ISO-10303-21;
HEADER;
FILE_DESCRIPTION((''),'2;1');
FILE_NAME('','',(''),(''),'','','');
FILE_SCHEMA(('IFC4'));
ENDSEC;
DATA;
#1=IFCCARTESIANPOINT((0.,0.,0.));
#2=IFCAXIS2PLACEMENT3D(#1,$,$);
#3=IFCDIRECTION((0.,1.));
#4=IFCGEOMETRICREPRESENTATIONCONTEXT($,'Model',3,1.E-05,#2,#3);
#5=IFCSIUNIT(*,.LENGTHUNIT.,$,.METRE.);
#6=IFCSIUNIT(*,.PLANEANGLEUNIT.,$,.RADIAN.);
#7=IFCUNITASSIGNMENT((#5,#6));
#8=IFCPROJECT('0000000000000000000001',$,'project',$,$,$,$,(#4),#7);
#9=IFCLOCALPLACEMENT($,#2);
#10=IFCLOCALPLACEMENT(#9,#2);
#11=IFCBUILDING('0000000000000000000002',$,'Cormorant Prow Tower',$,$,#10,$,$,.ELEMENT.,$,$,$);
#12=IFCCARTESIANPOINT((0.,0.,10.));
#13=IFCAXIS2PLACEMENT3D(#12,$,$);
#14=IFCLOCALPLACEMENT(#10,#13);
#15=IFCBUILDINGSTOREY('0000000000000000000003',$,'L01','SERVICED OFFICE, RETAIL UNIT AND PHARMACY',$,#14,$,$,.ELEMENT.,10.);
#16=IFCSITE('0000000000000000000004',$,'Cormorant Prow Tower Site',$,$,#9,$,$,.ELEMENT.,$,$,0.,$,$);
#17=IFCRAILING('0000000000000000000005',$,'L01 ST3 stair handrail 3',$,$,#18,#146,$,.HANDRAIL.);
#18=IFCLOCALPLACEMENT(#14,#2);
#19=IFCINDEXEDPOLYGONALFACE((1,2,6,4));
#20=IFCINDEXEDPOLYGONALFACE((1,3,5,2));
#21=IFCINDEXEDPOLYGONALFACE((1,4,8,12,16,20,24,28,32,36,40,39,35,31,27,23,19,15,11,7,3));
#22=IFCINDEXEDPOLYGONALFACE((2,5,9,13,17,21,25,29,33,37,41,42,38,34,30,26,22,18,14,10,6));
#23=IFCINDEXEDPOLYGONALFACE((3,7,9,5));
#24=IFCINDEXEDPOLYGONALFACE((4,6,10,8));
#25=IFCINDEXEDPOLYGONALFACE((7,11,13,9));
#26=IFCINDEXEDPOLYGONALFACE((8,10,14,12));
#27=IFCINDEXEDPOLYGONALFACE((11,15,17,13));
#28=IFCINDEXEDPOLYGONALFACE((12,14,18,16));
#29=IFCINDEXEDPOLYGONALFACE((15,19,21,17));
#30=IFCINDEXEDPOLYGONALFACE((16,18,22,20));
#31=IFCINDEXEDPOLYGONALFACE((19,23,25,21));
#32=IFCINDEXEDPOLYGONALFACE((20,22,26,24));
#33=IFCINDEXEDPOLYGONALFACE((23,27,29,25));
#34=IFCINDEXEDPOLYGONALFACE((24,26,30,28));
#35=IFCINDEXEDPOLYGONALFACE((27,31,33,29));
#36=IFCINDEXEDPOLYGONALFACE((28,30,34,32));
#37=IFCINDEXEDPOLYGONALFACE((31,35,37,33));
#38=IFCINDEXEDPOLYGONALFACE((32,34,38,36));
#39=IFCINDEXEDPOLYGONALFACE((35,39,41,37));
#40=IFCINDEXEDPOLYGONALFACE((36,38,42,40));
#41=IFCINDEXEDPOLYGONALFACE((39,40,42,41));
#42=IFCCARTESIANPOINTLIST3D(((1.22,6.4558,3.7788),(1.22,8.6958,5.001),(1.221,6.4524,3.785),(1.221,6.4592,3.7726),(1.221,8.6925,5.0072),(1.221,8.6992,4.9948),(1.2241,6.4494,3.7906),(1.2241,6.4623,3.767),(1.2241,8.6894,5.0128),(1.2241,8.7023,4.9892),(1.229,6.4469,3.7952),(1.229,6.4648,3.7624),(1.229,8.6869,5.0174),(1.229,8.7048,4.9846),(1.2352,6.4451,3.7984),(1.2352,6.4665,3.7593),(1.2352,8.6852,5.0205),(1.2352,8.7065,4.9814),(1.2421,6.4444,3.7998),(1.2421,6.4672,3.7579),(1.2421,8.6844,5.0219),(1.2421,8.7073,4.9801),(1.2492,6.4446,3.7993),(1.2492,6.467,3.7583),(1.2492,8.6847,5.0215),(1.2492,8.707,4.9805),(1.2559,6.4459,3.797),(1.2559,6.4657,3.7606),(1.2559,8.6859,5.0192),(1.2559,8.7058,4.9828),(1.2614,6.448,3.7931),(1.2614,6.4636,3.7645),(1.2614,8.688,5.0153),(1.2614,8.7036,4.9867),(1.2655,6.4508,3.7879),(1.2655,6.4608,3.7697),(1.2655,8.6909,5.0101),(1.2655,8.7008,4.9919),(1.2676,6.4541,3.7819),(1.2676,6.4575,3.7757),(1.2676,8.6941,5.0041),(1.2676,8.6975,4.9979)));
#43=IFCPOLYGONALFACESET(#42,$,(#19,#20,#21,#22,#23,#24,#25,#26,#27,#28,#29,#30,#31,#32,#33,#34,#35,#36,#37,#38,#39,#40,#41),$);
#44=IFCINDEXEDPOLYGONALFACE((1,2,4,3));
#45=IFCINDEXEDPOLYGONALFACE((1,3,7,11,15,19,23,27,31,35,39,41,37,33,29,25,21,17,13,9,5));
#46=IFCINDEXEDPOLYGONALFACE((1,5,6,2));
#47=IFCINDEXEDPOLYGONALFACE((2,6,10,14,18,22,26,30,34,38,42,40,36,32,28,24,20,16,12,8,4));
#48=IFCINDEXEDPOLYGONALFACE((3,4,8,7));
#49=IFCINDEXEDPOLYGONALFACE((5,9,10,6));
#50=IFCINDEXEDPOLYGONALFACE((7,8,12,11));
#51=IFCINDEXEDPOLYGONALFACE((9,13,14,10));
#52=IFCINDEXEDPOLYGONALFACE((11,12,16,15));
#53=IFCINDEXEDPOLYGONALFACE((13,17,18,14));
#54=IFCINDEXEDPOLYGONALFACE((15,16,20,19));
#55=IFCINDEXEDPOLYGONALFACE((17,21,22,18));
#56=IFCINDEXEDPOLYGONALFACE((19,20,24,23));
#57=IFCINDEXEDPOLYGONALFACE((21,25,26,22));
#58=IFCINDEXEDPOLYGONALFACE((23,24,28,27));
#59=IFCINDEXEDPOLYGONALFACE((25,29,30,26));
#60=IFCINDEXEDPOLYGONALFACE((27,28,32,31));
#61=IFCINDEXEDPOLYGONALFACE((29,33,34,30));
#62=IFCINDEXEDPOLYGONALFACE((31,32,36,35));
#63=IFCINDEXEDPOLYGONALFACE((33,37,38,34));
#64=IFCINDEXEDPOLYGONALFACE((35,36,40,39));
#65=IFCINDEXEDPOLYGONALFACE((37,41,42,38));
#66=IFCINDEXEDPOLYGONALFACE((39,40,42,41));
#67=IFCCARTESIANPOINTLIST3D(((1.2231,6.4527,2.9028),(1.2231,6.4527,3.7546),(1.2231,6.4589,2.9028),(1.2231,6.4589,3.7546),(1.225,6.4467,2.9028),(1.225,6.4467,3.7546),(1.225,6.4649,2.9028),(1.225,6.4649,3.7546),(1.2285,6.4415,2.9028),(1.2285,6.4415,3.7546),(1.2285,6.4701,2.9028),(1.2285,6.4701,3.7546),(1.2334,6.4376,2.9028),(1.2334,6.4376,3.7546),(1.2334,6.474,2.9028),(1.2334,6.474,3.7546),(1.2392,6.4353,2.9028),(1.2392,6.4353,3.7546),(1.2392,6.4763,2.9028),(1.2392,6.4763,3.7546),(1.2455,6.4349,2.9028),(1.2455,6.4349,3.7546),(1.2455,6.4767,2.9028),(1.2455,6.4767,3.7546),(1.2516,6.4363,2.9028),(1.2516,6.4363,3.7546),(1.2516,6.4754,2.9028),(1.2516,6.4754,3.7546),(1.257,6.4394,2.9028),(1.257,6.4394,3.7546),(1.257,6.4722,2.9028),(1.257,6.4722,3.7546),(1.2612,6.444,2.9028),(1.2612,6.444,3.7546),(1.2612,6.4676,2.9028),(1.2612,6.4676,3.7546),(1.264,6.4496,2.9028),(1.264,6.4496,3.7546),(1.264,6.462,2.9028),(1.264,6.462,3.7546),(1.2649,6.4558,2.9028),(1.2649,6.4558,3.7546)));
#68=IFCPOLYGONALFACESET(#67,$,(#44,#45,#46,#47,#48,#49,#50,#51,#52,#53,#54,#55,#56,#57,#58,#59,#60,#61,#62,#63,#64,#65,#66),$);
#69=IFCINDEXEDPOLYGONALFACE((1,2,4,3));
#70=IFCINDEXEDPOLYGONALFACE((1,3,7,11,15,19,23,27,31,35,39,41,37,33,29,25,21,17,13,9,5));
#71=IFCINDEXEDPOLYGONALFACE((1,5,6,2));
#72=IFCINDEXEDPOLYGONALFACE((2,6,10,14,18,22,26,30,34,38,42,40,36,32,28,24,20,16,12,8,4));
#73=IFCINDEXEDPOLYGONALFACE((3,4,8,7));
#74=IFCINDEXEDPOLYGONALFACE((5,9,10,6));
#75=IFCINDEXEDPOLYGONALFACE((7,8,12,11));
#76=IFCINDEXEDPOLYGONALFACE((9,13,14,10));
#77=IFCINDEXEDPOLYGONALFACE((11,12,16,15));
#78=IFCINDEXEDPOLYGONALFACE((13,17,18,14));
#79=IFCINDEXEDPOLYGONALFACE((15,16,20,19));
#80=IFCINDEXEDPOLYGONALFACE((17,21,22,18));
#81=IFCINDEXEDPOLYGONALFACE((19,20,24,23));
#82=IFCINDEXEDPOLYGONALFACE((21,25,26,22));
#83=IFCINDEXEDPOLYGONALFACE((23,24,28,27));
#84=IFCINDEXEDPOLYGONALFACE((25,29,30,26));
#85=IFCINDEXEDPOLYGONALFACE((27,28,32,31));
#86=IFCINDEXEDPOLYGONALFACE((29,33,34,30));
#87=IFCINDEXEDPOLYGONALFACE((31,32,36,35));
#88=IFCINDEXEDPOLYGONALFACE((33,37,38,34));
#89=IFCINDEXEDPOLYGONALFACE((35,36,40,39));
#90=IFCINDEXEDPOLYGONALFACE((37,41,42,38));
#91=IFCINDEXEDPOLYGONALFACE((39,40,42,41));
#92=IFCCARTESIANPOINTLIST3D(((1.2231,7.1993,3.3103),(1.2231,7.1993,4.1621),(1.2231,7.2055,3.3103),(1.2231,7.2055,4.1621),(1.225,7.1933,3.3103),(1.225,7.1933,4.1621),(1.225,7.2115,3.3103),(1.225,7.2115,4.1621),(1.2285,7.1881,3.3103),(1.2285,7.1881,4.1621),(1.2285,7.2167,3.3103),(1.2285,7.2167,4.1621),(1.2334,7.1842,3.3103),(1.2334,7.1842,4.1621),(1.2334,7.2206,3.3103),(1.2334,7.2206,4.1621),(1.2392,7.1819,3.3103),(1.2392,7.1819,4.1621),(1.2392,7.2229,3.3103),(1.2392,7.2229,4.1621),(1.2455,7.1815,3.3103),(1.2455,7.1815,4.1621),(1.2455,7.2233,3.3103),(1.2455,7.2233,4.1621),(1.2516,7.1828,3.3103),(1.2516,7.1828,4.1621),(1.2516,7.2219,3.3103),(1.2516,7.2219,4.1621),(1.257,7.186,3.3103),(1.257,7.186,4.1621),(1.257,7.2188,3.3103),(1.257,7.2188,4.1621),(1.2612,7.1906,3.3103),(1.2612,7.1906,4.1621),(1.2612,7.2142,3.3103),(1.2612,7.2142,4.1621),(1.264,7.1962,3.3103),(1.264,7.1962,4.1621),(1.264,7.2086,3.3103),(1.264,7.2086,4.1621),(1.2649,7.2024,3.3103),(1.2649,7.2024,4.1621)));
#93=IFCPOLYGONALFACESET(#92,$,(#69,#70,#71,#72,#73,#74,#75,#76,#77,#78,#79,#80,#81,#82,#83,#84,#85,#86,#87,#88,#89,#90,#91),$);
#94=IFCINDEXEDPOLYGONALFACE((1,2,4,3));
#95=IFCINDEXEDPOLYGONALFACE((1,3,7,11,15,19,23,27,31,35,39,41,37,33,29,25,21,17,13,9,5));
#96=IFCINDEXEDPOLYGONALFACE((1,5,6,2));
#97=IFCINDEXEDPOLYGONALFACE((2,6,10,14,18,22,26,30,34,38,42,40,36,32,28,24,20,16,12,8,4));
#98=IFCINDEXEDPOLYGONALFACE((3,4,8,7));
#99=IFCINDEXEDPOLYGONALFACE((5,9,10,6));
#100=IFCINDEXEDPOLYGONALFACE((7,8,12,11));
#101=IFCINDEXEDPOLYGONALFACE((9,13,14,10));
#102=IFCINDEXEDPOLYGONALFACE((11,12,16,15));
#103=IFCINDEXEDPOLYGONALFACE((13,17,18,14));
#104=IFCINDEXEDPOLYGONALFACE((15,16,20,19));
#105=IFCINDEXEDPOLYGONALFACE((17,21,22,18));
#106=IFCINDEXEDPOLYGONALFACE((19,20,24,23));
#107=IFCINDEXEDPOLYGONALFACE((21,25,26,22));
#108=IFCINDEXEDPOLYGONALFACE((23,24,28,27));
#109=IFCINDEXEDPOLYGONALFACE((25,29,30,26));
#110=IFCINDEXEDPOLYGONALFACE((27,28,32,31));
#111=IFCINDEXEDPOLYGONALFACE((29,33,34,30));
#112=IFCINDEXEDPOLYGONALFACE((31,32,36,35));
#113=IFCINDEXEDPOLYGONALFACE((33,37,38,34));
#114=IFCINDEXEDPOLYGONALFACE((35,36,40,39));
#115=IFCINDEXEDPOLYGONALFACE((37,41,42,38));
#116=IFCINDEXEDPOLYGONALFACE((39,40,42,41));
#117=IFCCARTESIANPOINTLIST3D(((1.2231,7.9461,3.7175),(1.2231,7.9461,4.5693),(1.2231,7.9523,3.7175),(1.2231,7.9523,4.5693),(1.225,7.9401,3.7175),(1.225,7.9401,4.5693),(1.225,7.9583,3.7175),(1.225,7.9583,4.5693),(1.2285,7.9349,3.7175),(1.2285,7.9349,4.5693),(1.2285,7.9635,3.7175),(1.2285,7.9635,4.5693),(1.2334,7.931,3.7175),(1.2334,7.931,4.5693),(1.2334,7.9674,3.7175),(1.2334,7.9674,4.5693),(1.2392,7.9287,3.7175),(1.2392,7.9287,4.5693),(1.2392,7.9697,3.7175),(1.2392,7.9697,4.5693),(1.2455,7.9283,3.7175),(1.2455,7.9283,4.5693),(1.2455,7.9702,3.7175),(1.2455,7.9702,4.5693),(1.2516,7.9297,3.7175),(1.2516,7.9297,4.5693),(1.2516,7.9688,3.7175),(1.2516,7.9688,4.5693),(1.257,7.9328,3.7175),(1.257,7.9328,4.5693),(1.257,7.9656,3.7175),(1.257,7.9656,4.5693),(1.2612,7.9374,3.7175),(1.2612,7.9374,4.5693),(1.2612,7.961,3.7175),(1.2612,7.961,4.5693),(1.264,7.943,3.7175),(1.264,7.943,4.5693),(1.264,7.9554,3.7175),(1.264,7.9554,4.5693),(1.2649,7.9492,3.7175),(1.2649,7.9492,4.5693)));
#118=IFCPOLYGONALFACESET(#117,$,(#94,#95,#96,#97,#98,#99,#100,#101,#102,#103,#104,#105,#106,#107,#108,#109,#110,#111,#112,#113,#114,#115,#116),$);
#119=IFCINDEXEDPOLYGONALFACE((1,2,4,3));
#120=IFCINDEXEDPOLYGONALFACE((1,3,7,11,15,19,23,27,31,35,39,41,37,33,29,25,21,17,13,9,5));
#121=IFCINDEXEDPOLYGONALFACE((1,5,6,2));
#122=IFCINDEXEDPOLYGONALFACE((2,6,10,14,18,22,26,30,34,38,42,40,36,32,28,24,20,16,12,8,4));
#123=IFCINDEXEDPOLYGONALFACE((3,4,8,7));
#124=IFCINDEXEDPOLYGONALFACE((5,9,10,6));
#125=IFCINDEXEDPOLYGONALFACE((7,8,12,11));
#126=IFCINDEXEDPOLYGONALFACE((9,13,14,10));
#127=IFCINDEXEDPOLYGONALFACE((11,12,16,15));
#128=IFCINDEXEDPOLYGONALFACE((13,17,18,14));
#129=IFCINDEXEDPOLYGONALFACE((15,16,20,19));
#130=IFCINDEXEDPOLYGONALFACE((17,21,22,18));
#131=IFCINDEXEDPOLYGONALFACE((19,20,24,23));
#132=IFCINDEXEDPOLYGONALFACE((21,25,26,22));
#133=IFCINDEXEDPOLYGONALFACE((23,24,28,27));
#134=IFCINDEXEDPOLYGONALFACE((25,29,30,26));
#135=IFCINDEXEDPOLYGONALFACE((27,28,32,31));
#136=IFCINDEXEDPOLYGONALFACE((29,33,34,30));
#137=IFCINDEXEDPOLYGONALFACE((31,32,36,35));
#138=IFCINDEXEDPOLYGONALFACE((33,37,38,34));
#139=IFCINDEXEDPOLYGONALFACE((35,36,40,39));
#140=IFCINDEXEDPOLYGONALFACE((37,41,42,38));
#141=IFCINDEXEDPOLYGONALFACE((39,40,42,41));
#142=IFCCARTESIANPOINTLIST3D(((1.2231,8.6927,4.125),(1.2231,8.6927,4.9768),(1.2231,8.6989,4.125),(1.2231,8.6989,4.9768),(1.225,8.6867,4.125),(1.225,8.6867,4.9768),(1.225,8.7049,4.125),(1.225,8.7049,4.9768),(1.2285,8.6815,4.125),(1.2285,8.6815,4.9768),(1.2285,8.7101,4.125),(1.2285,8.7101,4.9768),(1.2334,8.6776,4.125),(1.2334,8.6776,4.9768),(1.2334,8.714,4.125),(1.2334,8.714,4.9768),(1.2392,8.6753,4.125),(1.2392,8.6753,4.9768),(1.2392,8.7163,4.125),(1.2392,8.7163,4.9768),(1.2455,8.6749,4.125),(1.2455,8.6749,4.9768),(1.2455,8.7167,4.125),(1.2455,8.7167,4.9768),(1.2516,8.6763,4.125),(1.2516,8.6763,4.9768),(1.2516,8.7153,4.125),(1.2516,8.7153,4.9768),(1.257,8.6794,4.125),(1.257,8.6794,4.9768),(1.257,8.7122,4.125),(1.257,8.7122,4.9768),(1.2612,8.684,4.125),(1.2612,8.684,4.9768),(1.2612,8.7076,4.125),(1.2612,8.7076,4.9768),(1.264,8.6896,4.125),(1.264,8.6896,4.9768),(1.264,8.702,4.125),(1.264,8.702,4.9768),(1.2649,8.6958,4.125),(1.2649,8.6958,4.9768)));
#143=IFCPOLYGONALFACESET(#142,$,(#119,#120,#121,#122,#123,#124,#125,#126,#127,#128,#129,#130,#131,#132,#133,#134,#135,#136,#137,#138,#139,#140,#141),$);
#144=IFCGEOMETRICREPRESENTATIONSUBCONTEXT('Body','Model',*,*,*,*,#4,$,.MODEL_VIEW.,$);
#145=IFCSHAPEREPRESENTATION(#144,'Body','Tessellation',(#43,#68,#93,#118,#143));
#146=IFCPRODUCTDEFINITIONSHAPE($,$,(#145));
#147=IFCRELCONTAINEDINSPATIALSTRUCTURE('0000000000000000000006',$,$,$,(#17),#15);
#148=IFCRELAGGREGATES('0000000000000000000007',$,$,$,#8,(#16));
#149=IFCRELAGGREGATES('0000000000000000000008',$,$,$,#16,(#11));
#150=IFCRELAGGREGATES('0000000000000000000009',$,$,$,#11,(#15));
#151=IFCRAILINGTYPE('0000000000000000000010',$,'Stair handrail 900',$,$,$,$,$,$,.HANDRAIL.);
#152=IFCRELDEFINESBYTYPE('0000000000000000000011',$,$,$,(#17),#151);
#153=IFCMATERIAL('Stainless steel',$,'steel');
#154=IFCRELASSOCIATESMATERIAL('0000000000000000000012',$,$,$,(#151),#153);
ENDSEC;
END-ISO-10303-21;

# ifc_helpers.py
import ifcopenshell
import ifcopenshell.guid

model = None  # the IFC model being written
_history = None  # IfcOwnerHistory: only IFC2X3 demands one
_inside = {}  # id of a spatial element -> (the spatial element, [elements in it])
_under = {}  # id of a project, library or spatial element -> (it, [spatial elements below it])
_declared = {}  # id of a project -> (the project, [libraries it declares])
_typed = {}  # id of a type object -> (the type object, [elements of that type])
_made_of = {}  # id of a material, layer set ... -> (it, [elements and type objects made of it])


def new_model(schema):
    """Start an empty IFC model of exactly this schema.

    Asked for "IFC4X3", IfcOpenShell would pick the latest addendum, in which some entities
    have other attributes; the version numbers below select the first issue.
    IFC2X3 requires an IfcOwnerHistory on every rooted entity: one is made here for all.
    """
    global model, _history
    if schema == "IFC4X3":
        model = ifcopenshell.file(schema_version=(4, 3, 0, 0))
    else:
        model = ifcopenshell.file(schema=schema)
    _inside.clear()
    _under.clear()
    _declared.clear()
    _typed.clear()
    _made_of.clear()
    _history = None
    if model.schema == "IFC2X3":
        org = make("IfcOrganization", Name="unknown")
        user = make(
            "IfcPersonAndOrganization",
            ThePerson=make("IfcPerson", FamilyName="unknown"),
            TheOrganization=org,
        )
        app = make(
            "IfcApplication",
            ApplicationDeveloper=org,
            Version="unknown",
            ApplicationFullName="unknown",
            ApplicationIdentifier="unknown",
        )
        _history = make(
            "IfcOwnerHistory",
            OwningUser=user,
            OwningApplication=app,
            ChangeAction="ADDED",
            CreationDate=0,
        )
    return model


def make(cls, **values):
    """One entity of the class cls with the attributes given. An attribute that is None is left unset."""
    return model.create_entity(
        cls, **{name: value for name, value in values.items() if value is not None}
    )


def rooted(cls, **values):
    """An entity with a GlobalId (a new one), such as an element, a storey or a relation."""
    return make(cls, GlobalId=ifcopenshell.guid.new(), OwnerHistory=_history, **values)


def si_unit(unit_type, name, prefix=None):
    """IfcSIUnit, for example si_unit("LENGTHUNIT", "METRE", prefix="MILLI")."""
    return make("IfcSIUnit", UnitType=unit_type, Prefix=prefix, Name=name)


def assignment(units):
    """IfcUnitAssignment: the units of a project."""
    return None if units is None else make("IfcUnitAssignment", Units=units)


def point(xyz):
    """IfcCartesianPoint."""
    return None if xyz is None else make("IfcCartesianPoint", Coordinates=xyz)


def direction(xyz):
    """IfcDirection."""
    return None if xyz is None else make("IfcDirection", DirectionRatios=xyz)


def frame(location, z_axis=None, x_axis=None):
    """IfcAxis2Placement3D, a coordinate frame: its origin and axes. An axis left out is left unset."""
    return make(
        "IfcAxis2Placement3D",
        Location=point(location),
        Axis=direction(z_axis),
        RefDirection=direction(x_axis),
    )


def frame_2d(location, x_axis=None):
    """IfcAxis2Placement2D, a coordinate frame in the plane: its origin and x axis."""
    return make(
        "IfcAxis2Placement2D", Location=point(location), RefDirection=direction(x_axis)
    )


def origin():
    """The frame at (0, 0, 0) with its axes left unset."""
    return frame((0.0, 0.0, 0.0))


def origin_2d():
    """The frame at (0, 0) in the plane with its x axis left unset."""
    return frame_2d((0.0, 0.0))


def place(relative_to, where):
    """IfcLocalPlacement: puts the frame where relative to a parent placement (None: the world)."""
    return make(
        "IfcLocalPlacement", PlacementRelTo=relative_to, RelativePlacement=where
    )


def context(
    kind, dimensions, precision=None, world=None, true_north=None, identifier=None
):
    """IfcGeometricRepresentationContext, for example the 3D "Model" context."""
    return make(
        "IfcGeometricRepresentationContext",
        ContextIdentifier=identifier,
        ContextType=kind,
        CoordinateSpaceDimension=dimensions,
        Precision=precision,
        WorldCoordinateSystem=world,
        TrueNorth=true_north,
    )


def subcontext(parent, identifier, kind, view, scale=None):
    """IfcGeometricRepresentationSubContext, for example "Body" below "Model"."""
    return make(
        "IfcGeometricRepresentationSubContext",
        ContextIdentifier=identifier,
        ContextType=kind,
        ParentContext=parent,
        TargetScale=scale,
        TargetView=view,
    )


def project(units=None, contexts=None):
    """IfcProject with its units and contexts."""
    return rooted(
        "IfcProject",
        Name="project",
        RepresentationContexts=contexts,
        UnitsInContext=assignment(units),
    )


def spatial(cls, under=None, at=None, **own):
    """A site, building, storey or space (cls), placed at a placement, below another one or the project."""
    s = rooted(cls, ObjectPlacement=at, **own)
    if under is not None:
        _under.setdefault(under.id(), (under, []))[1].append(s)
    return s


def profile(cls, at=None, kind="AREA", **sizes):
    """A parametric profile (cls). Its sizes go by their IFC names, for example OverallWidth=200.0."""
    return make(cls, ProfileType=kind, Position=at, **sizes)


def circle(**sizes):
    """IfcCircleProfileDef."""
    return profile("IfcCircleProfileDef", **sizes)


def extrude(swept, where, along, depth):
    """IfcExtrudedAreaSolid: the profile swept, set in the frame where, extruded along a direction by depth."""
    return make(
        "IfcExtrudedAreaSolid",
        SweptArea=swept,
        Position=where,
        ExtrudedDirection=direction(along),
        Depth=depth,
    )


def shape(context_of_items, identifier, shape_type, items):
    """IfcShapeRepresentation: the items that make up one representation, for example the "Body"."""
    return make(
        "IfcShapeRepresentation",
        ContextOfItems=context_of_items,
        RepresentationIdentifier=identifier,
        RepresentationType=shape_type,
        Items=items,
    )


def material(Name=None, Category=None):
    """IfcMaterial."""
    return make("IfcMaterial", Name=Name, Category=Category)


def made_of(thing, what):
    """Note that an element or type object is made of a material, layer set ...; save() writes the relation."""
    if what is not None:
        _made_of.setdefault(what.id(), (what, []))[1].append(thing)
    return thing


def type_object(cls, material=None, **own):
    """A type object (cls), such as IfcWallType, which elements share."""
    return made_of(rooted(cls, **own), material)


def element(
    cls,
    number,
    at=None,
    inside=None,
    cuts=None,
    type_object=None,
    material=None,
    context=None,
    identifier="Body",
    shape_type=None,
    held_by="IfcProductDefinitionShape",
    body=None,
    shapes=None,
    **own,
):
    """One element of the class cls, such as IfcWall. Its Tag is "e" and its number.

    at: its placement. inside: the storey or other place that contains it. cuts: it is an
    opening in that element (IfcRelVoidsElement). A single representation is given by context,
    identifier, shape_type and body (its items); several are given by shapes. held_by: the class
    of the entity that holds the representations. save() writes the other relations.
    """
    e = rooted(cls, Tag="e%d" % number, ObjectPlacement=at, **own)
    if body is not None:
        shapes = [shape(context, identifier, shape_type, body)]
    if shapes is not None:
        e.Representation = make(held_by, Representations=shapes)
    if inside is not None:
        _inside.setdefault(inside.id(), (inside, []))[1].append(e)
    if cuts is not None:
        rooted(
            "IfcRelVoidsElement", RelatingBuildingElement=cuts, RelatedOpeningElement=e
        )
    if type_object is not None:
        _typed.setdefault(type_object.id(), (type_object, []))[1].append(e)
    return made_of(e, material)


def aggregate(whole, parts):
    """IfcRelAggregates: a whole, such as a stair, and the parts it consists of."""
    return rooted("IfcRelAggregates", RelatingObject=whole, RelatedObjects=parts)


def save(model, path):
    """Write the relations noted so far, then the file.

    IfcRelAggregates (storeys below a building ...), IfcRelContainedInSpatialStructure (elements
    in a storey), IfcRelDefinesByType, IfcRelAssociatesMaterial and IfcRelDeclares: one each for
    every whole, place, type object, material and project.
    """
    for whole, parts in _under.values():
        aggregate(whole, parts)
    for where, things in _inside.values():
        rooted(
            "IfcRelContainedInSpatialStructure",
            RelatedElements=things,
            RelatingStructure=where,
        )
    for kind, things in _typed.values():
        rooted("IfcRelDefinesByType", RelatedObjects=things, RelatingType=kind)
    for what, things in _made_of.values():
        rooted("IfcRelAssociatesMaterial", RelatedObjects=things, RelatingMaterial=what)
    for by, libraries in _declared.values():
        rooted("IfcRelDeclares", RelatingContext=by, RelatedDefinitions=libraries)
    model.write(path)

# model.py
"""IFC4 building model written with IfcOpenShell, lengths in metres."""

from ifc_helpers import new_model, si_unit, direction, frame, origin, origin_2d, place, context, subcontext, project, spatial, circle, extrude, material, type_object, element, save


model = new_model("IFC4")

# Units and contexts
model_context = context("Model", 3, precision=1e-05, world=origin(), true_north=direction((0.0, 1.0)))
body_context = subcontext(model_context, "Body", "Model", "MODEL_VIEW")
ifc_project = project(units=[si_unit("LENGTHUNIT", "METRE"), si_unit("PLANEANGLEUNIT", "RADIAN")], contexts=[model_context])

# Site, building, storey
site_placement = place(None, origin())
site = spatial("IfcSite", under=ifc_project, at=site_placement, Name="Cormorant Prow Tower Site", CompositionType="ELEMENT", RefElevation=0.0)
building_placement = place(site_placement, origin())
building = spatial("IfcBuilding", under=site, at=building_placement, Name="Cormorant Prow Tower", CompositionType="ELEMENT")
storey_placement = place(building_placement, frame((0.0, 0.0, 10.0)))
storey = spatial("IfcBuildingStorey", under=building, at=storey_placement, Name="L01", Description="SERVICED OFFICE, RETAIL UNIT AND PHARMACY", CompositionType="ELEMENT", Elevation=10.0)

# Railing
ifc_material_1 = material(Name="Stainless steel", Category="steel")
railing_type = type_object("IfcRailingType", Name="Stair handrail 900", PredefinedType="HANDRAIL", material=ifc_material_1)
for number, where, name in (
    (1, (1.2439, 6.4558, 2.9028), "L01 ST3 stair handrail 3"),
):
    element("IfcRailing", number, at=place(storey_placement, frame(where)), inside=storey, type_object=railing_type, Name=name, PredefinedType="HANDRAIL", context=body_context, shape_type="SweptSolid", body=[
        extrude(circle(Radius=0.0239, at=origin_2d()), frame((0.0, 0.0, 0.876), z_axis=(0.0, 0.877837, 0.478959), x_axis=(-1.0, 0.0, 0.0)), (0.0, 0.0, 1.0), 2.5518),
        extrude(circle(Radius=0.021, at=origin_2d()), origin(), (0.0, 0.0, 1.0), 0.8518),
        extrude(circle(Radius=0.021, at=origin_2d()), frame((0.0, 0.7466, 0.4075)), (0.0, 0.0, 1.0), 0.8518),
        extrude(circle(Radius=0.021, at=origin_2d()), frame((0.0, 1.4934, 0.8147)), (0.0, 0.0, 1.0), 0.8518),
        extrude(circle(Radius=0.021, at=origin_2d()), frame((0.0, 2.24, 1.2222)), (0.0, 0.0, 1.0), 0.8518),
    ])

save(model, "model.ifc")
